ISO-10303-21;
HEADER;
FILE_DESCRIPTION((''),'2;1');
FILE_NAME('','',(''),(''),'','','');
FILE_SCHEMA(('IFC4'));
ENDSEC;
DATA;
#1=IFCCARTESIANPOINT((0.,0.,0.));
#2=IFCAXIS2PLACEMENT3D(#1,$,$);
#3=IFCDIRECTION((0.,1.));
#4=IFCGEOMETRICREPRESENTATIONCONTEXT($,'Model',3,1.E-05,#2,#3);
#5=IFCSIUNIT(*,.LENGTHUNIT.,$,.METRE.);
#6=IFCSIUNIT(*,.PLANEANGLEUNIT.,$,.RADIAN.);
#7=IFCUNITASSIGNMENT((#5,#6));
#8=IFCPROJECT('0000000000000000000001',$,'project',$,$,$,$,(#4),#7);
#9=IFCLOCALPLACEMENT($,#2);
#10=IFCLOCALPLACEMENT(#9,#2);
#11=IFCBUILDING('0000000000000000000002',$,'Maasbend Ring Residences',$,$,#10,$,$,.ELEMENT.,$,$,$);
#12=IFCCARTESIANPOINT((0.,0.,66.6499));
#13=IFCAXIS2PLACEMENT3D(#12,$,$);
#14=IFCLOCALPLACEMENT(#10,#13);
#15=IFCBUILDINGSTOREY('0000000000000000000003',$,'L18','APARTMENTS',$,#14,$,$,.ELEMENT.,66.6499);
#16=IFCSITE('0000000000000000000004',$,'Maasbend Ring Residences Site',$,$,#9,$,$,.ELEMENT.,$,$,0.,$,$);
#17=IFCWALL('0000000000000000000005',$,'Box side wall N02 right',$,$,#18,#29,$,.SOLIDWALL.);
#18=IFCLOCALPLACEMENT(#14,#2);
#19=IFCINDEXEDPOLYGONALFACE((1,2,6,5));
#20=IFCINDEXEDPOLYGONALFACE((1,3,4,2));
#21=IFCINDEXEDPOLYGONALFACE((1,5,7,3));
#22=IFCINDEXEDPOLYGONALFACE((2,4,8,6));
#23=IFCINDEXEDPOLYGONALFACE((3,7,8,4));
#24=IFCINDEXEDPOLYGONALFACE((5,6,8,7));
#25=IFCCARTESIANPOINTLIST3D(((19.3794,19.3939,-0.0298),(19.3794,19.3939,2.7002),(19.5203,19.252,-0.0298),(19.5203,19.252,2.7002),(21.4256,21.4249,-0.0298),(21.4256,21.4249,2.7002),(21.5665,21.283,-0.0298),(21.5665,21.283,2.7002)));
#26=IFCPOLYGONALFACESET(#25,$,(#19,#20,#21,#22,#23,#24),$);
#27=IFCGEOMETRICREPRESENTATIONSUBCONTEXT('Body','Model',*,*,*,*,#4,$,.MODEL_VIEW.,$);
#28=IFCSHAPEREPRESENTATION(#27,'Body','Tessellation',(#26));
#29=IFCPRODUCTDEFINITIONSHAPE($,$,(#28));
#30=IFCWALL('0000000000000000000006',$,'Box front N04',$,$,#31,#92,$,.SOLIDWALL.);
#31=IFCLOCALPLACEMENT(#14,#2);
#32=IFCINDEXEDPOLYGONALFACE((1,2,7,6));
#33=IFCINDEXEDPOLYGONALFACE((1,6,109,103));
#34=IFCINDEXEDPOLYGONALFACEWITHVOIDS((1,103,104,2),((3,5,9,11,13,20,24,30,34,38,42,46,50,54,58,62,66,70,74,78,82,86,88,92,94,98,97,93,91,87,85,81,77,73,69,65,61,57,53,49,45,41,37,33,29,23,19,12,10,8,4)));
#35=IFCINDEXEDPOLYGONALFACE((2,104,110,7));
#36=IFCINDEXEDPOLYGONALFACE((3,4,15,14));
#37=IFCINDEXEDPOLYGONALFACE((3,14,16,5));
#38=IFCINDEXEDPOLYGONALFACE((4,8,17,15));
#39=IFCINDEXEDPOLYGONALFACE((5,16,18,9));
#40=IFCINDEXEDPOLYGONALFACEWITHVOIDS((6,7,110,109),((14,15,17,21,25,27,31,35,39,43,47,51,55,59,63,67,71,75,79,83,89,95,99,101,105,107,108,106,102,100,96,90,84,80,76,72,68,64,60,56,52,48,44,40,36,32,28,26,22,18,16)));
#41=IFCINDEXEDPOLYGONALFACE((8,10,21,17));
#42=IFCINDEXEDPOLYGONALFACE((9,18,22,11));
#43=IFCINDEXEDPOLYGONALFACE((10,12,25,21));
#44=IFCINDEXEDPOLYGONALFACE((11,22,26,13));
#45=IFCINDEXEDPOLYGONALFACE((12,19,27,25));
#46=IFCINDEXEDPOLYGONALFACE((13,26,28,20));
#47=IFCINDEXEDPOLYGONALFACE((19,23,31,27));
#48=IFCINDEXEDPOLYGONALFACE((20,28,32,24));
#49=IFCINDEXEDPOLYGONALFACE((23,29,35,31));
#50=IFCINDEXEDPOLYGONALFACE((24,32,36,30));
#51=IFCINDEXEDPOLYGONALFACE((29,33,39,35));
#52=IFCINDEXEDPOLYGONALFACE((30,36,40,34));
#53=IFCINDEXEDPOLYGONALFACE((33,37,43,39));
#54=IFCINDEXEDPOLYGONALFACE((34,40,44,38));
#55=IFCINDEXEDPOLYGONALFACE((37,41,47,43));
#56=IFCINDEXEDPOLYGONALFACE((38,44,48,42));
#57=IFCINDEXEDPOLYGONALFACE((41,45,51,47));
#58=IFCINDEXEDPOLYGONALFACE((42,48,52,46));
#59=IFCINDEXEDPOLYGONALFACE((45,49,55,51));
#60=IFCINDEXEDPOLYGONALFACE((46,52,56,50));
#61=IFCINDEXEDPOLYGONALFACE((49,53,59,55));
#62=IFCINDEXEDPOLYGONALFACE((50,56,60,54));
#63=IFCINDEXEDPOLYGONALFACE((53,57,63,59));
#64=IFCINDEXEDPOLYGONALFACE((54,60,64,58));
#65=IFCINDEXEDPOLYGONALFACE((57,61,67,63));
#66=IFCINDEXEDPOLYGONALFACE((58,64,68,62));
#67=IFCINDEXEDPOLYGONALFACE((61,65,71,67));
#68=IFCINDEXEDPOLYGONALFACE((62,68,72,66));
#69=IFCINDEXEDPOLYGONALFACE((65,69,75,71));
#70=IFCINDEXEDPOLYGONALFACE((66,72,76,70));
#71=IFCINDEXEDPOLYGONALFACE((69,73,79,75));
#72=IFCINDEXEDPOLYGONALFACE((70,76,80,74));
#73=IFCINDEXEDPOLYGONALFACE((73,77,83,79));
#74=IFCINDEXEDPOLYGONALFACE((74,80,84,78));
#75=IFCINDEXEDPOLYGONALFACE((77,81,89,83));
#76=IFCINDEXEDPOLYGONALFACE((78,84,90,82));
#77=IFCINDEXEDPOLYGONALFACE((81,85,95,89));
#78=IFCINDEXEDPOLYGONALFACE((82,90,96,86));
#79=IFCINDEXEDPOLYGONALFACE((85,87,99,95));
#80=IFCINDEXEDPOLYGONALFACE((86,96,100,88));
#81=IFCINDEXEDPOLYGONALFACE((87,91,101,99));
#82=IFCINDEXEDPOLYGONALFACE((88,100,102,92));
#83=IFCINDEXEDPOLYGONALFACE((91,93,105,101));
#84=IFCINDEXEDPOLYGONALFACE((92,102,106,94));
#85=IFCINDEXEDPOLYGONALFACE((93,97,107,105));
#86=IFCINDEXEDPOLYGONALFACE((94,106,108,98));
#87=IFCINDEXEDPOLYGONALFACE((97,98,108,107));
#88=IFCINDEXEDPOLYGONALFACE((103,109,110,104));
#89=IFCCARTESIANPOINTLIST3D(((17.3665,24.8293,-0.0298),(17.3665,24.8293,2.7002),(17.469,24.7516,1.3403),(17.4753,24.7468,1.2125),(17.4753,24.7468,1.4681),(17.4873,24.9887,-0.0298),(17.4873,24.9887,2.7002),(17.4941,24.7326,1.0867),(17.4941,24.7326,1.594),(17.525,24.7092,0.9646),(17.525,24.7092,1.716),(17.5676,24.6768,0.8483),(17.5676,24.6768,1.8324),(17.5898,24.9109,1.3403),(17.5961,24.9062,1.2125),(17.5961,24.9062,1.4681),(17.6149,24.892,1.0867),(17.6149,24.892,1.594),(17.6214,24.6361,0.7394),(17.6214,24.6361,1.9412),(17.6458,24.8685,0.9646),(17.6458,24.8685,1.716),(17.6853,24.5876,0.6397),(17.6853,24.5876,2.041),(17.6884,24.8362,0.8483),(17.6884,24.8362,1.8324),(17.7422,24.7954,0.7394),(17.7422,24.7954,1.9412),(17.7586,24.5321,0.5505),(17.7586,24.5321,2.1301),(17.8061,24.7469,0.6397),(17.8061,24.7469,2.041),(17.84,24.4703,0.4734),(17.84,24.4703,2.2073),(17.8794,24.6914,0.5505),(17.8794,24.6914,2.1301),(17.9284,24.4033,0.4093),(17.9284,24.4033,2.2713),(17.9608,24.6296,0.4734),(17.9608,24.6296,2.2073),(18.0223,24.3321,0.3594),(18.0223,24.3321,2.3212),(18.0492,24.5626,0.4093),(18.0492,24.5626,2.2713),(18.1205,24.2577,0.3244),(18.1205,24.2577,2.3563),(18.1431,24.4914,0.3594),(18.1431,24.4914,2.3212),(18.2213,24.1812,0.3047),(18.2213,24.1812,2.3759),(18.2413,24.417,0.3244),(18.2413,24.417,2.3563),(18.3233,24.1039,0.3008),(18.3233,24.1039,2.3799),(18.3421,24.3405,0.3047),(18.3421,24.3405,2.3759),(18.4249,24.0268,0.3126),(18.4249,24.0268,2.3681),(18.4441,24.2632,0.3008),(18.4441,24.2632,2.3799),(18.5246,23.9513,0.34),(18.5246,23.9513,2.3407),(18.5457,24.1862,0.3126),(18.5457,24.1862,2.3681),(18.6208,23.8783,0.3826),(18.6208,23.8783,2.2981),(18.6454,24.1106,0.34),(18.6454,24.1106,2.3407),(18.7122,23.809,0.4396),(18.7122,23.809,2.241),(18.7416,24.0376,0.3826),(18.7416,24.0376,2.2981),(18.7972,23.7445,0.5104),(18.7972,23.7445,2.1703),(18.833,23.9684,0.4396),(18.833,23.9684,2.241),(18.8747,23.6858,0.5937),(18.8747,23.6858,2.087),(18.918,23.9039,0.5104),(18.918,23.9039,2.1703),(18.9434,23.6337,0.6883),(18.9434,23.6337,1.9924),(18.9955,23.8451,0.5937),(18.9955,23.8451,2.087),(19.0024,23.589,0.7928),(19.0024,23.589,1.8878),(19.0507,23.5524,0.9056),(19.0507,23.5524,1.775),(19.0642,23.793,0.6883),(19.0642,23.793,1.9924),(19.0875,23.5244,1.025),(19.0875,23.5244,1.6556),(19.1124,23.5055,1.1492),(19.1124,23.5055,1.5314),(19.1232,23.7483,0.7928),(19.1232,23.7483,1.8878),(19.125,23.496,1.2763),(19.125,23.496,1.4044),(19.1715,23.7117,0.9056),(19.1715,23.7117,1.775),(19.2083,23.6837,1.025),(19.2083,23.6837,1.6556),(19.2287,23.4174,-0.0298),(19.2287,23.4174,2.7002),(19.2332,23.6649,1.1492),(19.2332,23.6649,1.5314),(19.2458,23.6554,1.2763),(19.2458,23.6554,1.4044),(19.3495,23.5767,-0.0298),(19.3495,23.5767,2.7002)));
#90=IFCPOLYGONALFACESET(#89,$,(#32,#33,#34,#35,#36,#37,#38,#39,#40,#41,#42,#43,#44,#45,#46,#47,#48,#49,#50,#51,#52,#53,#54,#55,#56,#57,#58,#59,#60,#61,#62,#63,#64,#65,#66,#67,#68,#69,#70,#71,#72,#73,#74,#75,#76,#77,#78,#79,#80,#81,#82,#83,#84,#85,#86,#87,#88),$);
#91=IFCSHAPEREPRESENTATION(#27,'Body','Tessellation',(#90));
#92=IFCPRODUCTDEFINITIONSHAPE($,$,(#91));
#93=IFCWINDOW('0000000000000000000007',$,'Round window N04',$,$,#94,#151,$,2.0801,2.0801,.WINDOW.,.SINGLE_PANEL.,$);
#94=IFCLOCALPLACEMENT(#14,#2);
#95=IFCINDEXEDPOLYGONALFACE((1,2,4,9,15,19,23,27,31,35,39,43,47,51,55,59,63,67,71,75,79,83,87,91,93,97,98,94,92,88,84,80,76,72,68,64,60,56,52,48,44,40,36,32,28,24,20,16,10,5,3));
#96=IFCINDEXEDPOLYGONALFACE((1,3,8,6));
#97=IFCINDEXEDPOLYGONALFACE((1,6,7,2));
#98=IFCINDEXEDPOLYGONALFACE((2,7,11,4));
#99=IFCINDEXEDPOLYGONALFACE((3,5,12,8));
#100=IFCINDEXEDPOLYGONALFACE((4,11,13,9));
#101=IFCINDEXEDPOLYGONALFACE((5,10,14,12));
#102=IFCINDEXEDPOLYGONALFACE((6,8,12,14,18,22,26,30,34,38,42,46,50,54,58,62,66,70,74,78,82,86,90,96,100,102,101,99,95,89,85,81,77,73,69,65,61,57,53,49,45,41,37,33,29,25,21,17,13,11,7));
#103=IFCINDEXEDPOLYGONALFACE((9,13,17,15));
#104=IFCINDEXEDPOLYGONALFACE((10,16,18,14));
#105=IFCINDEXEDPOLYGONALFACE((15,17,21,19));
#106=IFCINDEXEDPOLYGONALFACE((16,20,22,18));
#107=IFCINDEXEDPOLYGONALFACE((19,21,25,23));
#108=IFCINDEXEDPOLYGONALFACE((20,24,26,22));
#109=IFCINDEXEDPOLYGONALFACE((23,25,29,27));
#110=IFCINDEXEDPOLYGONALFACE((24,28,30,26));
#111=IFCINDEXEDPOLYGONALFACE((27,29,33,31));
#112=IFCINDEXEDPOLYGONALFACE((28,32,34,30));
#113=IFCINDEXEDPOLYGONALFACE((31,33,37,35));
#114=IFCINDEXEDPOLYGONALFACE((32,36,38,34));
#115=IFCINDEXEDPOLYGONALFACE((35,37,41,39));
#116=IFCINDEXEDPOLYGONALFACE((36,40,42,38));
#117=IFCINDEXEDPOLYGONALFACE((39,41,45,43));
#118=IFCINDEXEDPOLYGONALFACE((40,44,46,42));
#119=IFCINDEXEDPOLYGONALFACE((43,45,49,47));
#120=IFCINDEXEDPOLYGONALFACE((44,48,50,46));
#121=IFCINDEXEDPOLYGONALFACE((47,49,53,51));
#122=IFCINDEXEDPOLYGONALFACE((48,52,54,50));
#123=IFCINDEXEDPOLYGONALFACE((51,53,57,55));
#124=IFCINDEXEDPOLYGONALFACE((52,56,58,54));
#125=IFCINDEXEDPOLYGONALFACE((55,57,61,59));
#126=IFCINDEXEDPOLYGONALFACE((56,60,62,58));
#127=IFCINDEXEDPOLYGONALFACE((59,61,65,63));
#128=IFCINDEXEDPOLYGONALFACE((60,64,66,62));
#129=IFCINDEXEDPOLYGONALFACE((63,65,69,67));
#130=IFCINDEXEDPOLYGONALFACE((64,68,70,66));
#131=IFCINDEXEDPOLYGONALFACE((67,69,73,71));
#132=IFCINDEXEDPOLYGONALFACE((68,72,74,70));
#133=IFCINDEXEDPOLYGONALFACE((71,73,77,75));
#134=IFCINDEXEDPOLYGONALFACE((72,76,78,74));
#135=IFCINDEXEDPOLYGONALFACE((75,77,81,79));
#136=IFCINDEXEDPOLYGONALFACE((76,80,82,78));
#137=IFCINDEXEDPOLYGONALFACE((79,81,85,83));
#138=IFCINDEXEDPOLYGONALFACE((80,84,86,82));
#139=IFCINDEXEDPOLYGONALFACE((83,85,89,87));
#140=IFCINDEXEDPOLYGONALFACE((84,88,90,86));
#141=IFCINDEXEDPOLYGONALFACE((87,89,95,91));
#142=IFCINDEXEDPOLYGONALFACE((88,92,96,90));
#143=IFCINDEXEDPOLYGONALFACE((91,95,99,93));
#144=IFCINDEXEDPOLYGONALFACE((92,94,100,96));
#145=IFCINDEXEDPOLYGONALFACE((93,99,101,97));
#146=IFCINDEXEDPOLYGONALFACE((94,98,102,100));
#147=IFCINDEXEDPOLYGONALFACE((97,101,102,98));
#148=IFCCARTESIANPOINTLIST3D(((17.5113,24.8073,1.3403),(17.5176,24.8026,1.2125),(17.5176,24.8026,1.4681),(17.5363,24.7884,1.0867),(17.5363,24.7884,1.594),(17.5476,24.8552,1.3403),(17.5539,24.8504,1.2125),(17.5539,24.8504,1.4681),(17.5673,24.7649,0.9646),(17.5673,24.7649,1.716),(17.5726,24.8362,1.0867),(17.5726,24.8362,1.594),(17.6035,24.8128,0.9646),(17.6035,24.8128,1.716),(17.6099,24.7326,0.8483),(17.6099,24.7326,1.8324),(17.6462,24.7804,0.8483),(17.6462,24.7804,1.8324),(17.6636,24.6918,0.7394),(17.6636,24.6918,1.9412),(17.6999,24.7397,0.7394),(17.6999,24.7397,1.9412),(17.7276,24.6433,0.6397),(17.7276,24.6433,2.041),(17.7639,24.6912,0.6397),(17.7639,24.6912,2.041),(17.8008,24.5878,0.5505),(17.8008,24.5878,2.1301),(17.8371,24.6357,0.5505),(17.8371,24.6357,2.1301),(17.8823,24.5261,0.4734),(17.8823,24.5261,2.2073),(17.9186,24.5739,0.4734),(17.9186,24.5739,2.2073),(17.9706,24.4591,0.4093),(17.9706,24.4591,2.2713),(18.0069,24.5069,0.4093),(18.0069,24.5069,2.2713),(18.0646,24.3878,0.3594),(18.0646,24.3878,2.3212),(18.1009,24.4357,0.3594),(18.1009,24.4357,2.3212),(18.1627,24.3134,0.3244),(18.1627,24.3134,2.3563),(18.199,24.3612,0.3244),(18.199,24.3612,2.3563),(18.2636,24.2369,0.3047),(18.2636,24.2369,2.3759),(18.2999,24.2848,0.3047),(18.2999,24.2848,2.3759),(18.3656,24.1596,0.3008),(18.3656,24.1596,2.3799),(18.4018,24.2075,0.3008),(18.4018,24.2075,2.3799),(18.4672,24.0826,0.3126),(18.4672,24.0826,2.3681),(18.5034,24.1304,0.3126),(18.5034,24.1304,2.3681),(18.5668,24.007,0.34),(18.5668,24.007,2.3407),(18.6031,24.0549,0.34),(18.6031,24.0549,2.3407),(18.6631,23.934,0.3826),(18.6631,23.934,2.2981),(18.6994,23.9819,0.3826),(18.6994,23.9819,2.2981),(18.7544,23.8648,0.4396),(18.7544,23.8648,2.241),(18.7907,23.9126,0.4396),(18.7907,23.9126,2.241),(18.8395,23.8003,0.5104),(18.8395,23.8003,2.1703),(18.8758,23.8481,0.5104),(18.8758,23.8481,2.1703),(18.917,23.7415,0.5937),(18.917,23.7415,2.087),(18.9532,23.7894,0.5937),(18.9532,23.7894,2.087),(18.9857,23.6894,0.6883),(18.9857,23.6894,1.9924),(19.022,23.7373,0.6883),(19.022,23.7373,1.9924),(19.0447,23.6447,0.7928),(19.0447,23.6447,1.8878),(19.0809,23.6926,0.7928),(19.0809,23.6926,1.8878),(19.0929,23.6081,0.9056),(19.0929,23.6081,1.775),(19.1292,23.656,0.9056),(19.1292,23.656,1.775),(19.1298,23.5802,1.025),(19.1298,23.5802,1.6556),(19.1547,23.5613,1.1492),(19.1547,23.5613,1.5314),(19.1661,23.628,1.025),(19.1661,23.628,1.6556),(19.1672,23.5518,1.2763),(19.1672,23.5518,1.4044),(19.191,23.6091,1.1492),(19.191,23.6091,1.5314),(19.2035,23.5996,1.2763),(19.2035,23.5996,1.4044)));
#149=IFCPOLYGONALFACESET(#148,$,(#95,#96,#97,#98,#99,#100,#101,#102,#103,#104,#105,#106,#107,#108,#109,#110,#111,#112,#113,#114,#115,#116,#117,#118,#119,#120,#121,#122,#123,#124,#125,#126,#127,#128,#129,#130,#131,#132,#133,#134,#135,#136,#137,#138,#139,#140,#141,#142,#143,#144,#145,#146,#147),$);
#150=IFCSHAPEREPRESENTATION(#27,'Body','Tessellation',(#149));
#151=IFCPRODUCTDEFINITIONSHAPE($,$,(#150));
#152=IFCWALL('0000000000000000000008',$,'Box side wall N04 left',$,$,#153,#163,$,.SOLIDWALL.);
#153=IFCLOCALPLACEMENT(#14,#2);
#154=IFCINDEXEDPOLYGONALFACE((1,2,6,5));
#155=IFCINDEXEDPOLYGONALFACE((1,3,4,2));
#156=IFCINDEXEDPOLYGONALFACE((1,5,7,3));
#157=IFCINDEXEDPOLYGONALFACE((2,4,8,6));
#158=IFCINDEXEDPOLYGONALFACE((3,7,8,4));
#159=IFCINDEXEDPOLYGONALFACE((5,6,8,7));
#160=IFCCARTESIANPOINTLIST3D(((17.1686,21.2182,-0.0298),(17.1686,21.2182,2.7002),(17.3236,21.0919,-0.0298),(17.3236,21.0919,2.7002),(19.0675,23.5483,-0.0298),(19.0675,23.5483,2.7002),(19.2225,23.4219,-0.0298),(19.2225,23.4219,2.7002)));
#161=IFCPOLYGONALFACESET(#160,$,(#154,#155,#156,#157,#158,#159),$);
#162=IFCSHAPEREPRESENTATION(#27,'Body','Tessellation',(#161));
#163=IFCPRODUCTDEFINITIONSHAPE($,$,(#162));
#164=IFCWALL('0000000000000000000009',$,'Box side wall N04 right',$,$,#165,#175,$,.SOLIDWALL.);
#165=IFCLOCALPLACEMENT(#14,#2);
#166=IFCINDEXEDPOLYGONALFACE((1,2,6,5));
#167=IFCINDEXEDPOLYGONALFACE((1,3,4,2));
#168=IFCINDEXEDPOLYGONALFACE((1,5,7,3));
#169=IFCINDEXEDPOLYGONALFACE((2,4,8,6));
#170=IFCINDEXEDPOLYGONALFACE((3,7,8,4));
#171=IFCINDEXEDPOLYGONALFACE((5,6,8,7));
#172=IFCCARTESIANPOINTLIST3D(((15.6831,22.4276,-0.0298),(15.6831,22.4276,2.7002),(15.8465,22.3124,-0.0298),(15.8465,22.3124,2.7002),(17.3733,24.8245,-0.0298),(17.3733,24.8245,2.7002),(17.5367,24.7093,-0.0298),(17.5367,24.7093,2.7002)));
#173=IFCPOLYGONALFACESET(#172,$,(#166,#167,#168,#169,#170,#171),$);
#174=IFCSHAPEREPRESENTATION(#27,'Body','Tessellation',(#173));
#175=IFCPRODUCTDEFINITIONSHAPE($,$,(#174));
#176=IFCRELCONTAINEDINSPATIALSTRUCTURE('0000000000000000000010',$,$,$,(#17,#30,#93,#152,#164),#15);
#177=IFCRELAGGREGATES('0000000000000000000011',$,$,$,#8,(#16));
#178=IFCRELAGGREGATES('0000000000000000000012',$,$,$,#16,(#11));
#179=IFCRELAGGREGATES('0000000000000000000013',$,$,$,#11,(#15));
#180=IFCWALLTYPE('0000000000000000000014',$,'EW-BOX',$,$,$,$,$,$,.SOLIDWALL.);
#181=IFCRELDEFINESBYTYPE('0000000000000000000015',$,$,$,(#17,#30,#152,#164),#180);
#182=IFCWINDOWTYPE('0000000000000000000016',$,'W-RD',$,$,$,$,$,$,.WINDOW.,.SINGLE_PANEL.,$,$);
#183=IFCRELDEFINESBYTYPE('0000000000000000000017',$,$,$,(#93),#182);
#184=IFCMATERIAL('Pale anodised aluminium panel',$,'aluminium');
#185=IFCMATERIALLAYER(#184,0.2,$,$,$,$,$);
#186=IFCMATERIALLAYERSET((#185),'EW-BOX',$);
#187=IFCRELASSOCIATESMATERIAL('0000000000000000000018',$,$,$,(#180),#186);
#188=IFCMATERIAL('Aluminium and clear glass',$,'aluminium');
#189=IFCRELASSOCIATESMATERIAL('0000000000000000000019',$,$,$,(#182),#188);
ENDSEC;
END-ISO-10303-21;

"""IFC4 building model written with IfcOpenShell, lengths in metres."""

from ifc_helpers import new_model, si_unit, direction, frame, frame_2d, origin, place, context, subcontext, project, spatial, rectangle, circle, extrude, material, layer, layer_set, type_object, element, fill, save


model = new_model("IFC4")

# Units and contexts
model_context = context("Model", 3, precision=1e-05, world=origin(), true_north=direction((0.0, 1.0)))
body_context = subcontext(model_context, "Body", "Model", "MODEL_VIEW")
ifc_project = project(units=[si_unit("LENGTHUNIT", "METRE"), si_unit("PLANEANGLEUNIT", "RADIAN")], contexts=[model_context])

# Site, building, storey
site_placement = place(None, origin())
site = spatial("IfcSite", under=ifc_project, at=site_placement, Name="Maasbend Ring Residences Site", CompositionType="ELEMENT", RefElevation=0.0)
building_placement = place(site_placement, origin())
building = spatial("IfcBuilding", under=site, at=building_placement, Name="Maasbend Ring Residences", CompositionType="ELEMENT")
storey_placement = place(building_placement, frame((0.0, 0.0, 66.6499)))
storey = spatial("IfcBuildingStorey", under=building, at=storey_placement, Name="L18", Description="APARTMENTS", CompositionType="ELEMENT", Elevation=66.6499)

# Shared definitions
ifc_material_1 = material(Name="Pale anodised aluminium panel", Category="aluminium")
ifc_layer_1 = layer(ifc_material_1, 0.2)
ifc_layer_set_1 = layer_set([ifc_layer_1], Name="EW-BOX")
wall_type_1 = type_object("IfcWallType", Name="EW-BOX", PredefinedType="SOLIDWALL", material=ifc_layer_set_1)
ifc_material_2 = material(Name="Aluminium and clear glass", Category="aluminium")
window_type_1 = type_object("IfcWindowType", Name="W-RD", PartitioningType="SINGLE_PANEL", PredefinedType="WINDOW", material=ifc_material_2)

# Wall
wall_1_placement = place(storey_placement, frame((19.45, 19.323, -0.0298), z_axis=(0.0, 0.0, 1.0), x_axis=(0.709727, 0.704477, 0.0)))
element("IfcWall", 1, at=wall_1_placement, inside=storey, type_object=wall_type_1, Name="Box side wall N02 right", PredefinedType="SOLIDWALL", context=body_context, shape_type="SweptSolid", body=[
    extrude(rectangle(XDim=2.8831, YDim=0.2, at=frame_2d((1.4414, 0.0))), origin(), (0.0, 0.0, 1.0), 2.73),
])

# Wall, opening, window
wall_2_placement = place(storey_placement, frame((19.2891, 23.4971, -0.0298), z_axis=(0.0, 0.0, 1.0), x_axis=(-0.796842, 0.604188, 0.0)))
wall_2 = element("IfcWall", 2, at=wall_2_placement, inside=storey, type_object=wall_type_1, Name="Box front N04", PredefinedType="SOLIDWALL", context=body_context, shape_type="SweptSolid", body=[
    extrude(rectangle(XDim=2.3369, YDim=0.2, at=frame_2d((1.1685, 0.0))), origin(), (0.0, 0.0, 1.0), 2.73),
])
opening_1_placement = place(wall_2_placement, frame((0.1282, 0.0, 0.3301)))
opening_1 = element("IfcOpeningElement", 3, at=opening_1_placement, cuts=wall_2, PredefinedType="OPENING", context=body_context, shape_type="SweptSolid", body=[
    extrude(circle(Radius=1.04, at=frame_2d((1.04, 1.04))), frame((0.0, 0.1099, 0.0), z_axis=(0.0, -1.0, 0.0), x_axis=(1.0, 0.0, 0.0)), (0.0, 0.0, 1.0), 0.22),
])
window_1_placement = place(opening_1_placement, origin())
window_1 = element("IfcWindow", 4, at=window_1_placement, inside=storey, type_object=window_type_1, Name="Round window N04", OverallHeight=2.0801, OverallWidth=2.0801, PartitioningType="SINGLE_PANEL", PredefinedType="WINDOW", context=body_context, shape_type="SweptSolid", body=[
    extrude(circle(Radius=1.04, at=frame_2d((1.04, 1.04))), frame((0.0, 0.03, 0.0), z_axis=(0.0, -1.0, 0.0), x_axis=(1.0, 0.0, 0.0)), (0.0, 0.0, 1.0), 0.0601),
])
fill(opening_1, window_1)

# Walls
wall_3_placement = place(storey_placement, frame((17.2461, 21.155, -0.0298), z_axis=(0.0, 0.0, 1.0), x_axis=(0.631742, 0.775179, 0.0)))
element("IfcWall", 5, at=wall_3_placement, inside=storey, type_object=wall_type_1, Name="Box side wall N04 left", PredefinedType="SOLIDWALL", context=body_context, shape_type="SweptSolid", body=[
    extrude(rectangle(XDim=3.0059, YDim=0.2, at=frame_2d((1.5029, 0.0))), origin(), (0.0, 0.0, 1.0), 2.73),
])
wall_4_placement = place(storey_placement, frame((15.7649, 22.3701, -0.0298), z_axis=(0.0, 0.0, 1.0), x_axis=(0.576275, 0.817256, 0.0)))
element("IfcWall", 6, at=wall_4_placement, inside=storey, type_object=wall_type_1, Name="Box side wall N04 right", PredefinedType="SOLIDWALL", context=body_context, shape_type="SweptSolid", body=[
    extrude(rectangle(XDim=2.9329, YDim=0.2, at=frame_2d((1.4663, 0.0))), origin(), (0.0, 0.0, 1.0), 2.73),
])

save(model, "model.ifc")
